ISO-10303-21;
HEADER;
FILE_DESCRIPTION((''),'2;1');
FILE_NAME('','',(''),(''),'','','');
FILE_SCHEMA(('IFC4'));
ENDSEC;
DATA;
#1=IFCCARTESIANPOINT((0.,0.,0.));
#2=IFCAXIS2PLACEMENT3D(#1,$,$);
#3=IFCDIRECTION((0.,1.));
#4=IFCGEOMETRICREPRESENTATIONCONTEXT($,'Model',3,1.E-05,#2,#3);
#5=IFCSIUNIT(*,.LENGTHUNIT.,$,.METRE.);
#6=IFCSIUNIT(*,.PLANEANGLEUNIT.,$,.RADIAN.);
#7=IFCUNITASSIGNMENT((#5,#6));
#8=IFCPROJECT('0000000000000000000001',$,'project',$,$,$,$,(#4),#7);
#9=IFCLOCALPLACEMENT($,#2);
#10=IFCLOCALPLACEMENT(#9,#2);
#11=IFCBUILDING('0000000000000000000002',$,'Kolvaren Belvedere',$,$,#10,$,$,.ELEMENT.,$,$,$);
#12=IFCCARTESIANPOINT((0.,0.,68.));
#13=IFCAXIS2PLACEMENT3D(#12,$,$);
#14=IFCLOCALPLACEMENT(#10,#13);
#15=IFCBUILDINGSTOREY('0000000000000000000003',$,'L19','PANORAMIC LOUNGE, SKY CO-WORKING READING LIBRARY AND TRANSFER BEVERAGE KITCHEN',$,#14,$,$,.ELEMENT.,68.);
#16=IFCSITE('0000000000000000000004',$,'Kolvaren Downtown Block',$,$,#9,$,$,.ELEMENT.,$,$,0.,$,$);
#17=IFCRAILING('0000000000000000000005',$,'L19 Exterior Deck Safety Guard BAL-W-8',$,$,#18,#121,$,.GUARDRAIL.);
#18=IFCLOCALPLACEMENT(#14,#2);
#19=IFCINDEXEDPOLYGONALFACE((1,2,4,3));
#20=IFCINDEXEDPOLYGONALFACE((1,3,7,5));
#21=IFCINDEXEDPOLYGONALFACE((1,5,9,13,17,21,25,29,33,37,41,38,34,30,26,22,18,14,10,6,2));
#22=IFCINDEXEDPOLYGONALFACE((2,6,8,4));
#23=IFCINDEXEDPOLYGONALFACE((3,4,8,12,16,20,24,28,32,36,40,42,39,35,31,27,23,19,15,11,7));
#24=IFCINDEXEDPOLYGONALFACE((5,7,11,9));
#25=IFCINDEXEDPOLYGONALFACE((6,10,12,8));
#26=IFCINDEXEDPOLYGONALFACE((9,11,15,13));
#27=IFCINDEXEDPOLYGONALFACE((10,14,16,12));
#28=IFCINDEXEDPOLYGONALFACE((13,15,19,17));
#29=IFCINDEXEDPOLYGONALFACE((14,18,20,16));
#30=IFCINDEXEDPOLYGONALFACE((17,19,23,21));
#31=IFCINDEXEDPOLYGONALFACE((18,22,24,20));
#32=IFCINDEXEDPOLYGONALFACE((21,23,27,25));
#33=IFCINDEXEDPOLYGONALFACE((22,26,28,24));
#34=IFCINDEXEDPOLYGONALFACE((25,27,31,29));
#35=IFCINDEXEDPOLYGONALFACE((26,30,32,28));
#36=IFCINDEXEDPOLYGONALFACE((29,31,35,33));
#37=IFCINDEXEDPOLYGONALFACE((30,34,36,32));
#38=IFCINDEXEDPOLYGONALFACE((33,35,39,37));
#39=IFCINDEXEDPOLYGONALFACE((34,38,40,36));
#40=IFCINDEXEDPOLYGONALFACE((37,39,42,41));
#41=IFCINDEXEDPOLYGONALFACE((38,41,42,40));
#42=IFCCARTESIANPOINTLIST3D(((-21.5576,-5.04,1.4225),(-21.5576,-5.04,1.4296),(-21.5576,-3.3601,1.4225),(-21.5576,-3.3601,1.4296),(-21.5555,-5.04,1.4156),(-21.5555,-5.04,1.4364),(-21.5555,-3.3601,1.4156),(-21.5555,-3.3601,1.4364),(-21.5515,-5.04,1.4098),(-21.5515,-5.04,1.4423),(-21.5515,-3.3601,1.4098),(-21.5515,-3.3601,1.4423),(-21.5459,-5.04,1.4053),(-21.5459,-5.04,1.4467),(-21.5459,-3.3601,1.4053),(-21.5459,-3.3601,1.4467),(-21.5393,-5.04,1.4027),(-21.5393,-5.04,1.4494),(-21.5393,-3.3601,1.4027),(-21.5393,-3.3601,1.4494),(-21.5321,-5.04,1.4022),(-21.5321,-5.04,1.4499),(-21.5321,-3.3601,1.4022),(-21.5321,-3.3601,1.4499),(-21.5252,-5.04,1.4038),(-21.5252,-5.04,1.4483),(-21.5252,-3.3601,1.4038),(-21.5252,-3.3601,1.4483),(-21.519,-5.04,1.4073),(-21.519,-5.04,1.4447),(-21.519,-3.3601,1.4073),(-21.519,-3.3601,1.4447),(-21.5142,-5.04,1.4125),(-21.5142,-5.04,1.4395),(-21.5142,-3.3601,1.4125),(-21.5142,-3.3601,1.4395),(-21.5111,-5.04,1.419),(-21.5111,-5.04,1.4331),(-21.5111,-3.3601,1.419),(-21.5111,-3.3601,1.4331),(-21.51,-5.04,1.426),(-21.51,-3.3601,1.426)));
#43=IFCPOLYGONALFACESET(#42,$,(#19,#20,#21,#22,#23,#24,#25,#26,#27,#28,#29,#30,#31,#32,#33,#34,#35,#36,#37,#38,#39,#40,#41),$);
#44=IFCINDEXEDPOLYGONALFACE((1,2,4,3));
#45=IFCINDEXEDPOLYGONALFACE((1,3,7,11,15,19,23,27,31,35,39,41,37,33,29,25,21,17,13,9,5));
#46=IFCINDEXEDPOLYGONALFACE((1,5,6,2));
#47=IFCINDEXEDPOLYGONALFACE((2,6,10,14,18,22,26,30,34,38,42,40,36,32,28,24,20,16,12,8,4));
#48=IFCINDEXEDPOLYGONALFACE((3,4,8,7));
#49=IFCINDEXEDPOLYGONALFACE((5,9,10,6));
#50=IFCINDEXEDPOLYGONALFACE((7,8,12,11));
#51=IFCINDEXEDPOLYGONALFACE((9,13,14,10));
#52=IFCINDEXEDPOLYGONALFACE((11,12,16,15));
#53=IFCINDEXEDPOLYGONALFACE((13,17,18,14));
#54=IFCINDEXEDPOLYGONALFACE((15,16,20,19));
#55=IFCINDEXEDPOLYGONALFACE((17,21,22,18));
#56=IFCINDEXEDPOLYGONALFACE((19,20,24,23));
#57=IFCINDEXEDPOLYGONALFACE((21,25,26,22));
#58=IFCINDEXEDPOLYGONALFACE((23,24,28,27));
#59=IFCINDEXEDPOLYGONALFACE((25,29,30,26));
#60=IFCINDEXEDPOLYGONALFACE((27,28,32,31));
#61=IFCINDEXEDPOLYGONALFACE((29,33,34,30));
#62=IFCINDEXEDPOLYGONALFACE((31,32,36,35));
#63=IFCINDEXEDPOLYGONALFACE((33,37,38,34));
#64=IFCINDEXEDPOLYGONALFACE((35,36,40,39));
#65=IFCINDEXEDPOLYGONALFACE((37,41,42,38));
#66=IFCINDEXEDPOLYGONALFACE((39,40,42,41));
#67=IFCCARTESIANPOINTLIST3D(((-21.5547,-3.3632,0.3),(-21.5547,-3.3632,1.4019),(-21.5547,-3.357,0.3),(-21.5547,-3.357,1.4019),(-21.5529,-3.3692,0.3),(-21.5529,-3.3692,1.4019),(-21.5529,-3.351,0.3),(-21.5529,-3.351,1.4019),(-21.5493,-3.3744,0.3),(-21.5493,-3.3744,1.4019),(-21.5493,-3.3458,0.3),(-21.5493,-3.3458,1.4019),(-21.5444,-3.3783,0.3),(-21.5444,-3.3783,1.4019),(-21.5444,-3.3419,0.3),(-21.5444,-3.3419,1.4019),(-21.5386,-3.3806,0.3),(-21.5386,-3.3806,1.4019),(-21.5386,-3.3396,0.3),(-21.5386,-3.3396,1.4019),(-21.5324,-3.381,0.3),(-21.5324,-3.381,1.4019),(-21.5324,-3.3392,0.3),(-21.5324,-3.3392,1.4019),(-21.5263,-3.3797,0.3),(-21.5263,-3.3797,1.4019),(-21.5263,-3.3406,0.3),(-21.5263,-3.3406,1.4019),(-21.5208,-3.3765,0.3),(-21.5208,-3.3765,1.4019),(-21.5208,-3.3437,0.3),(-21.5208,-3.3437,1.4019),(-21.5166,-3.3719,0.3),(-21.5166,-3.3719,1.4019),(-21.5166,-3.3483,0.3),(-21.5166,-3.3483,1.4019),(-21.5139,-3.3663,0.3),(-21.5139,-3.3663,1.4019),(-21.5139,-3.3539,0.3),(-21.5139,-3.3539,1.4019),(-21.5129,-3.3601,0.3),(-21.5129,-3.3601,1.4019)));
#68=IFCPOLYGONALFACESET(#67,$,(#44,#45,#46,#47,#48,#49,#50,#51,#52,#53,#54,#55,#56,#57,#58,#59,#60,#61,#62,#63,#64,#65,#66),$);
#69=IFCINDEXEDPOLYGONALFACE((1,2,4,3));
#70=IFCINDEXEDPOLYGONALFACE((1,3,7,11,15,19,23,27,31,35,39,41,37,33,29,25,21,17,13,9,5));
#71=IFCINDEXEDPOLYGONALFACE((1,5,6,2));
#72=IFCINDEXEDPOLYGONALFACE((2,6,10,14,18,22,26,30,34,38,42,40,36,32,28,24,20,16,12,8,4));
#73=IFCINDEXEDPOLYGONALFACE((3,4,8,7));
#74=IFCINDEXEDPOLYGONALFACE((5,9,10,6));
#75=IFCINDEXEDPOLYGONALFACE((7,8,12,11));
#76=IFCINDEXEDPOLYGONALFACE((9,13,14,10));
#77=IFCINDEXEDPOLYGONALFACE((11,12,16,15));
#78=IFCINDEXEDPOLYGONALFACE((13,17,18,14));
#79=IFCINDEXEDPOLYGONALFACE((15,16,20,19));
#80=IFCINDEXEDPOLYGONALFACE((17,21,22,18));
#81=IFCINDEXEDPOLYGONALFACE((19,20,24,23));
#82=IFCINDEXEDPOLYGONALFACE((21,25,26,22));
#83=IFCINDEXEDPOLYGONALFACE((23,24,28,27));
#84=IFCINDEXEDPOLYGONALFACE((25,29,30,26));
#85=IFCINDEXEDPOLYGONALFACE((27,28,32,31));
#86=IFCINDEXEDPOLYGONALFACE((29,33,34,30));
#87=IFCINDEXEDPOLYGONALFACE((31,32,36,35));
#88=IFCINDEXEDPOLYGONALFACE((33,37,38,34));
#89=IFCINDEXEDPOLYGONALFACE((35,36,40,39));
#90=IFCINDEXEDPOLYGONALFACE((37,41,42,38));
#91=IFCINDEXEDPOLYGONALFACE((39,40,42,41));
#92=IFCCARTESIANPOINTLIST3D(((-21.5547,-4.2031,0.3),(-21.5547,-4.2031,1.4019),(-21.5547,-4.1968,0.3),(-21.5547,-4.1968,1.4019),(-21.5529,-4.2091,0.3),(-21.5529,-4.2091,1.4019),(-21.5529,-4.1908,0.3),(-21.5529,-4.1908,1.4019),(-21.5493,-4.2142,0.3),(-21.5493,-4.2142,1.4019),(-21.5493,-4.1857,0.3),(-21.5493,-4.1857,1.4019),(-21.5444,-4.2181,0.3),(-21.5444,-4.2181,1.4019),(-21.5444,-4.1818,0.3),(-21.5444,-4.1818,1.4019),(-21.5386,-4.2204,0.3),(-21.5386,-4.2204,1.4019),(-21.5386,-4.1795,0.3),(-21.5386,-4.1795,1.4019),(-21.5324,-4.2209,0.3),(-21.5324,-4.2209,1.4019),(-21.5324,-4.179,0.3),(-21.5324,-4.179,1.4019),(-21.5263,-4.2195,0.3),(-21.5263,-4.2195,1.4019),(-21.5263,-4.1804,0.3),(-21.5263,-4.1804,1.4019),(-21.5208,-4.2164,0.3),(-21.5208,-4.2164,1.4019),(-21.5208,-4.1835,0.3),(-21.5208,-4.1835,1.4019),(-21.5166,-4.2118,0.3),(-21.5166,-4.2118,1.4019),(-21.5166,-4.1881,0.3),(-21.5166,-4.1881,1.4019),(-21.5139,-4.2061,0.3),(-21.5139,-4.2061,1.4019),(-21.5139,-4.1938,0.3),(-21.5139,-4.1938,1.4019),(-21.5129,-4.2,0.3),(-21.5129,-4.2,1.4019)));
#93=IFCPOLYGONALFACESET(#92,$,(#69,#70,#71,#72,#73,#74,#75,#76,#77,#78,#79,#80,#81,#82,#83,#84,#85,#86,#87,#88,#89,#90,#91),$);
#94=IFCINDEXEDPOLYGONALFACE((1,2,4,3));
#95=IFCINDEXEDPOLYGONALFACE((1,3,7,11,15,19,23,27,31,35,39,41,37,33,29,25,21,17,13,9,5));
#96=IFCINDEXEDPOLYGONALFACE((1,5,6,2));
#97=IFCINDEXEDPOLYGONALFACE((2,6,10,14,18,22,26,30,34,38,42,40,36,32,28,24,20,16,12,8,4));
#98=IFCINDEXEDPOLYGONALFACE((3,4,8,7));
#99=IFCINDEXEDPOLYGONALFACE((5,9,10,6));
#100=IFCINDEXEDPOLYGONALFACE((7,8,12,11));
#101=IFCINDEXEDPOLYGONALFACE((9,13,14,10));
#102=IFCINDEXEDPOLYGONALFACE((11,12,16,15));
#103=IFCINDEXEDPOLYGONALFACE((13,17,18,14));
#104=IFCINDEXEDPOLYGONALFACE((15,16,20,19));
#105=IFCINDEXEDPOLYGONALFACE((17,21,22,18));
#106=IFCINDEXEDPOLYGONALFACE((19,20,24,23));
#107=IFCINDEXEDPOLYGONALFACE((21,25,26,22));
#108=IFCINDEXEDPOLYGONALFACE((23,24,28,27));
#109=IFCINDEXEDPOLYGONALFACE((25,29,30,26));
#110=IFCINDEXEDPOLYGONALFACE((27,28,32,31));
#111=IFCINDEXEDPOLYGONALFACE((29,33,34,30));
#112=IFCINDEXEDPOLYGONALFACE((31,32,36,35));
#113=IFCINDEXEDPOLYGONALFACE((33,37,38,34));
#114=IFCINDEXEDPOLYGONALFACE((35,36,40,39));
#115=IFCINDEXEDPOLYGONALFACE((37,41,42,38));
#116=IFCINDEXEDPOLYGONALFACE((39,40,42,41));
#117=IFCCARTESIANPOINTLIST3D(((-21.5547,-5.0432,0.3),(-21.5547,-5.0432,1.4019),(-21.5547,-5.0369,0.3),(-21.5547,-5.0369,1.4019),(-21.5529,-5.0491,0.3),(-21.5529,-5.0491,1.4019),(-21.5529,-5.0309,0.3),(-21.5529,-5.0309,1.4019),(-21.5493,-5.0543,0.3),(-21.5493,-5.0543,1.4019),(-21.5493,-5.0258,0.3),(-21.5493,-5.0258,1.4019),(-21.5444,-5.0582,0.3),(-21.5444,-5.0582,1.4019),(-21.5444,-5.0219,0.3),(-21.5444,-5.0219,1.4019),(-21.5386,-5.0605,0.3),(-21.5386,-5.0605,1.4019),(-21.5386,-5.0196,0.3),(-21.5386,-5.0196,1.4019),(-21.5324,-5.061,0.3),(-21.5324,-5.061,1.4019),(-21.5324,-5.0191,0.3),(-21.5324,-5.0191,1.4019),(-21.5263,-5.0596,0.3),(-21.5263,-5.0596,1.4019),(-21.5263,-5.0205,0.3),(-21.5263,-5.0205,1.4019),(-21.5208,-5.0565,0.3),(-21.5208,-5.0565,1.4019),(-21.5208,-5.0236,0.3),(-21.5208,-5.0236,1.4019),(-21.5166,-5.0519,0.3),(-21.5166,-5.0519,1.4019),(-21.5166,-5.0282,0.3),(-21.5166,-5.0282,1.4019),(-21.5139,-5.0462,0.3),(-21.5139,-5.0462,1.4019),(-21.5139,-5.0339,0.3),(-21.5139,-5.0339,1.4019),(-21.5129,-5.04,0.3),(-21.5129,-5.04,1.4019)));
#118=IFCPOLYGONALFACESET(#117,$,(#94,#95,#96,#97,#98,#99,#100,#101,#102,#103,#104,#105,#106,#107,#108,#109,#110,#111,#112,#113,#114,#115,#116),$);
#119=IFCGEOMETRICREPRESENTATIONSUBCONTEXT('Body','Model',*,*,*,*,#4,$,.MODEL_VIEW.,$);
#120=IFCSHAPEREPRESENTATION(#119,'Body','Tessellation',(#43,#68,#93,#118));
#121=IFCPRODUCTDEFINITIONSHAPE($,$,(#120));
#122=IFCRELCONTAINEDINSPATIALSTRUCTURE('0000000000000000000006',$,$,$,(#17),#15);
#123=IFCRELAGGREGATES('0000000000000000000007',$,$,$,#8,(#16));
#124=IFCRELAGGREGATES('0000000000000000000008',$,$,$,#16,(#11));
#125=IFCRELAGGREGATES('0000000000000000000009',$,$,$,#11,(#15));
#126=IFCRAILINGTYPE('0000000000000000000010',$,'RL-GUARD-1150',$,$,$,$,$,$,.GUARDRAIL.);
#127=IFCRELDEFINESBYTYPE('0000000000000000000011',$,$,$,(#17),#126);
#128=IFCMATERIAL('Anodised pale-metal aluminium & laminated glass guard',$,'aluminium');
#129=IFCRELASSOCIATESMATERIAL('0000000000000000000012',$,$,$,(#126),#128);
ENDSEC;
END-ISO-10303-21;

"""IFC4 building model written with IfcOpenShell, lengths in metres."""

from ifc_helpers import new_model, si_unit, direction, frame, origin, origin_2d, place, context, subcontext, project, spatial, circle, extrude, material, type_object, element, save


model = new_model("IFC4")

# Units and contexts
model_context = context("Model", 3, precision=1e-05, world=origin(), true_north=direction((0.0, 1.0)))
body_context = subcontext(model_context, "Body", "Model", "MODEL_VIEW")
ifc_project = project(units=[si_unit("LENGTHUNIT", "METRE"), si_unit("PLANEANGLEUNIT", "RADIAN")], contexts=[model_context])

# Site, building, storey
site_placement = place(None, origin())
site = spatial("IfcSite", under=ifc_project, at=site_placement, Name="Kolvaren Downtown Block", CompositionType="ELEMENT", RefElevation=0.0)
building_placement = place(site_placement, origin())
building = spatial("IfcBuilding", under=site, at=building_placement, Name="Kolvaren Belvedere", CompositionType="ELEMENT")
storey_placement = place(building_placement, frame((0.0, 0.0, 68.0)))
storey = spatial("IfcBuildingStorey", under=building, at=storey_placement, Name="L19", Description="PANORAMIC LOUNGE, SKY CO-WORKING READING LIBRARY AND TRANSFER BEVERAGE KITCHEN", CompositionType="ELEMENT", Elevation=68.0)

# Railing
ifc_material_1 = material(Name="Anodised pale-metal aluminium & laminated glass guard", Category="aluminium")
railing_type = type_object("IfcRailingType", Name="RL-GUARD-1150", PredefinedType="GUARDRAIL", material=ifc_material_1)
railing_1_placement = place(storey_placement, frame((-21.5339, -3.3601, 0.3)))
element("IfcRailing", 1, at=railing_1_placement, inside=storey, type_object=railing_type, Name="L19 Exterior Deck Safety Guard BAL-W-8", PredefinedType="GUARDRAIL", context=body_context, shape_type="SweptSolid", body=[
    extrude(circle(Radius=0.0239, at=origin_2d()), frame((0.0, 0.0, 1.126), z_axis=(0.0, -1.0, 0.0), x_axis=(1.0, 0.0, 0.0)), (0.0, 0.0, 1.0), 1.6799),
    extrude(circle(Radius=0.021, at=origin_2d()), origin(), (0.0, 0.0, 1.0), 1.1018),
    extrude(circle(Radius=0.021, at=origin_2d()), frame((0.0, -0.8398, 0.0)), (0.0, 0.0, 1.0), 1.1018),
    extrude(circle(Radius=0.021, at=origin_2d()), frame((0.0, -1.6799, 0.0)), (0.0, 0.0, 1.0), 1.1018),
])

save(model, "model.ifc")
